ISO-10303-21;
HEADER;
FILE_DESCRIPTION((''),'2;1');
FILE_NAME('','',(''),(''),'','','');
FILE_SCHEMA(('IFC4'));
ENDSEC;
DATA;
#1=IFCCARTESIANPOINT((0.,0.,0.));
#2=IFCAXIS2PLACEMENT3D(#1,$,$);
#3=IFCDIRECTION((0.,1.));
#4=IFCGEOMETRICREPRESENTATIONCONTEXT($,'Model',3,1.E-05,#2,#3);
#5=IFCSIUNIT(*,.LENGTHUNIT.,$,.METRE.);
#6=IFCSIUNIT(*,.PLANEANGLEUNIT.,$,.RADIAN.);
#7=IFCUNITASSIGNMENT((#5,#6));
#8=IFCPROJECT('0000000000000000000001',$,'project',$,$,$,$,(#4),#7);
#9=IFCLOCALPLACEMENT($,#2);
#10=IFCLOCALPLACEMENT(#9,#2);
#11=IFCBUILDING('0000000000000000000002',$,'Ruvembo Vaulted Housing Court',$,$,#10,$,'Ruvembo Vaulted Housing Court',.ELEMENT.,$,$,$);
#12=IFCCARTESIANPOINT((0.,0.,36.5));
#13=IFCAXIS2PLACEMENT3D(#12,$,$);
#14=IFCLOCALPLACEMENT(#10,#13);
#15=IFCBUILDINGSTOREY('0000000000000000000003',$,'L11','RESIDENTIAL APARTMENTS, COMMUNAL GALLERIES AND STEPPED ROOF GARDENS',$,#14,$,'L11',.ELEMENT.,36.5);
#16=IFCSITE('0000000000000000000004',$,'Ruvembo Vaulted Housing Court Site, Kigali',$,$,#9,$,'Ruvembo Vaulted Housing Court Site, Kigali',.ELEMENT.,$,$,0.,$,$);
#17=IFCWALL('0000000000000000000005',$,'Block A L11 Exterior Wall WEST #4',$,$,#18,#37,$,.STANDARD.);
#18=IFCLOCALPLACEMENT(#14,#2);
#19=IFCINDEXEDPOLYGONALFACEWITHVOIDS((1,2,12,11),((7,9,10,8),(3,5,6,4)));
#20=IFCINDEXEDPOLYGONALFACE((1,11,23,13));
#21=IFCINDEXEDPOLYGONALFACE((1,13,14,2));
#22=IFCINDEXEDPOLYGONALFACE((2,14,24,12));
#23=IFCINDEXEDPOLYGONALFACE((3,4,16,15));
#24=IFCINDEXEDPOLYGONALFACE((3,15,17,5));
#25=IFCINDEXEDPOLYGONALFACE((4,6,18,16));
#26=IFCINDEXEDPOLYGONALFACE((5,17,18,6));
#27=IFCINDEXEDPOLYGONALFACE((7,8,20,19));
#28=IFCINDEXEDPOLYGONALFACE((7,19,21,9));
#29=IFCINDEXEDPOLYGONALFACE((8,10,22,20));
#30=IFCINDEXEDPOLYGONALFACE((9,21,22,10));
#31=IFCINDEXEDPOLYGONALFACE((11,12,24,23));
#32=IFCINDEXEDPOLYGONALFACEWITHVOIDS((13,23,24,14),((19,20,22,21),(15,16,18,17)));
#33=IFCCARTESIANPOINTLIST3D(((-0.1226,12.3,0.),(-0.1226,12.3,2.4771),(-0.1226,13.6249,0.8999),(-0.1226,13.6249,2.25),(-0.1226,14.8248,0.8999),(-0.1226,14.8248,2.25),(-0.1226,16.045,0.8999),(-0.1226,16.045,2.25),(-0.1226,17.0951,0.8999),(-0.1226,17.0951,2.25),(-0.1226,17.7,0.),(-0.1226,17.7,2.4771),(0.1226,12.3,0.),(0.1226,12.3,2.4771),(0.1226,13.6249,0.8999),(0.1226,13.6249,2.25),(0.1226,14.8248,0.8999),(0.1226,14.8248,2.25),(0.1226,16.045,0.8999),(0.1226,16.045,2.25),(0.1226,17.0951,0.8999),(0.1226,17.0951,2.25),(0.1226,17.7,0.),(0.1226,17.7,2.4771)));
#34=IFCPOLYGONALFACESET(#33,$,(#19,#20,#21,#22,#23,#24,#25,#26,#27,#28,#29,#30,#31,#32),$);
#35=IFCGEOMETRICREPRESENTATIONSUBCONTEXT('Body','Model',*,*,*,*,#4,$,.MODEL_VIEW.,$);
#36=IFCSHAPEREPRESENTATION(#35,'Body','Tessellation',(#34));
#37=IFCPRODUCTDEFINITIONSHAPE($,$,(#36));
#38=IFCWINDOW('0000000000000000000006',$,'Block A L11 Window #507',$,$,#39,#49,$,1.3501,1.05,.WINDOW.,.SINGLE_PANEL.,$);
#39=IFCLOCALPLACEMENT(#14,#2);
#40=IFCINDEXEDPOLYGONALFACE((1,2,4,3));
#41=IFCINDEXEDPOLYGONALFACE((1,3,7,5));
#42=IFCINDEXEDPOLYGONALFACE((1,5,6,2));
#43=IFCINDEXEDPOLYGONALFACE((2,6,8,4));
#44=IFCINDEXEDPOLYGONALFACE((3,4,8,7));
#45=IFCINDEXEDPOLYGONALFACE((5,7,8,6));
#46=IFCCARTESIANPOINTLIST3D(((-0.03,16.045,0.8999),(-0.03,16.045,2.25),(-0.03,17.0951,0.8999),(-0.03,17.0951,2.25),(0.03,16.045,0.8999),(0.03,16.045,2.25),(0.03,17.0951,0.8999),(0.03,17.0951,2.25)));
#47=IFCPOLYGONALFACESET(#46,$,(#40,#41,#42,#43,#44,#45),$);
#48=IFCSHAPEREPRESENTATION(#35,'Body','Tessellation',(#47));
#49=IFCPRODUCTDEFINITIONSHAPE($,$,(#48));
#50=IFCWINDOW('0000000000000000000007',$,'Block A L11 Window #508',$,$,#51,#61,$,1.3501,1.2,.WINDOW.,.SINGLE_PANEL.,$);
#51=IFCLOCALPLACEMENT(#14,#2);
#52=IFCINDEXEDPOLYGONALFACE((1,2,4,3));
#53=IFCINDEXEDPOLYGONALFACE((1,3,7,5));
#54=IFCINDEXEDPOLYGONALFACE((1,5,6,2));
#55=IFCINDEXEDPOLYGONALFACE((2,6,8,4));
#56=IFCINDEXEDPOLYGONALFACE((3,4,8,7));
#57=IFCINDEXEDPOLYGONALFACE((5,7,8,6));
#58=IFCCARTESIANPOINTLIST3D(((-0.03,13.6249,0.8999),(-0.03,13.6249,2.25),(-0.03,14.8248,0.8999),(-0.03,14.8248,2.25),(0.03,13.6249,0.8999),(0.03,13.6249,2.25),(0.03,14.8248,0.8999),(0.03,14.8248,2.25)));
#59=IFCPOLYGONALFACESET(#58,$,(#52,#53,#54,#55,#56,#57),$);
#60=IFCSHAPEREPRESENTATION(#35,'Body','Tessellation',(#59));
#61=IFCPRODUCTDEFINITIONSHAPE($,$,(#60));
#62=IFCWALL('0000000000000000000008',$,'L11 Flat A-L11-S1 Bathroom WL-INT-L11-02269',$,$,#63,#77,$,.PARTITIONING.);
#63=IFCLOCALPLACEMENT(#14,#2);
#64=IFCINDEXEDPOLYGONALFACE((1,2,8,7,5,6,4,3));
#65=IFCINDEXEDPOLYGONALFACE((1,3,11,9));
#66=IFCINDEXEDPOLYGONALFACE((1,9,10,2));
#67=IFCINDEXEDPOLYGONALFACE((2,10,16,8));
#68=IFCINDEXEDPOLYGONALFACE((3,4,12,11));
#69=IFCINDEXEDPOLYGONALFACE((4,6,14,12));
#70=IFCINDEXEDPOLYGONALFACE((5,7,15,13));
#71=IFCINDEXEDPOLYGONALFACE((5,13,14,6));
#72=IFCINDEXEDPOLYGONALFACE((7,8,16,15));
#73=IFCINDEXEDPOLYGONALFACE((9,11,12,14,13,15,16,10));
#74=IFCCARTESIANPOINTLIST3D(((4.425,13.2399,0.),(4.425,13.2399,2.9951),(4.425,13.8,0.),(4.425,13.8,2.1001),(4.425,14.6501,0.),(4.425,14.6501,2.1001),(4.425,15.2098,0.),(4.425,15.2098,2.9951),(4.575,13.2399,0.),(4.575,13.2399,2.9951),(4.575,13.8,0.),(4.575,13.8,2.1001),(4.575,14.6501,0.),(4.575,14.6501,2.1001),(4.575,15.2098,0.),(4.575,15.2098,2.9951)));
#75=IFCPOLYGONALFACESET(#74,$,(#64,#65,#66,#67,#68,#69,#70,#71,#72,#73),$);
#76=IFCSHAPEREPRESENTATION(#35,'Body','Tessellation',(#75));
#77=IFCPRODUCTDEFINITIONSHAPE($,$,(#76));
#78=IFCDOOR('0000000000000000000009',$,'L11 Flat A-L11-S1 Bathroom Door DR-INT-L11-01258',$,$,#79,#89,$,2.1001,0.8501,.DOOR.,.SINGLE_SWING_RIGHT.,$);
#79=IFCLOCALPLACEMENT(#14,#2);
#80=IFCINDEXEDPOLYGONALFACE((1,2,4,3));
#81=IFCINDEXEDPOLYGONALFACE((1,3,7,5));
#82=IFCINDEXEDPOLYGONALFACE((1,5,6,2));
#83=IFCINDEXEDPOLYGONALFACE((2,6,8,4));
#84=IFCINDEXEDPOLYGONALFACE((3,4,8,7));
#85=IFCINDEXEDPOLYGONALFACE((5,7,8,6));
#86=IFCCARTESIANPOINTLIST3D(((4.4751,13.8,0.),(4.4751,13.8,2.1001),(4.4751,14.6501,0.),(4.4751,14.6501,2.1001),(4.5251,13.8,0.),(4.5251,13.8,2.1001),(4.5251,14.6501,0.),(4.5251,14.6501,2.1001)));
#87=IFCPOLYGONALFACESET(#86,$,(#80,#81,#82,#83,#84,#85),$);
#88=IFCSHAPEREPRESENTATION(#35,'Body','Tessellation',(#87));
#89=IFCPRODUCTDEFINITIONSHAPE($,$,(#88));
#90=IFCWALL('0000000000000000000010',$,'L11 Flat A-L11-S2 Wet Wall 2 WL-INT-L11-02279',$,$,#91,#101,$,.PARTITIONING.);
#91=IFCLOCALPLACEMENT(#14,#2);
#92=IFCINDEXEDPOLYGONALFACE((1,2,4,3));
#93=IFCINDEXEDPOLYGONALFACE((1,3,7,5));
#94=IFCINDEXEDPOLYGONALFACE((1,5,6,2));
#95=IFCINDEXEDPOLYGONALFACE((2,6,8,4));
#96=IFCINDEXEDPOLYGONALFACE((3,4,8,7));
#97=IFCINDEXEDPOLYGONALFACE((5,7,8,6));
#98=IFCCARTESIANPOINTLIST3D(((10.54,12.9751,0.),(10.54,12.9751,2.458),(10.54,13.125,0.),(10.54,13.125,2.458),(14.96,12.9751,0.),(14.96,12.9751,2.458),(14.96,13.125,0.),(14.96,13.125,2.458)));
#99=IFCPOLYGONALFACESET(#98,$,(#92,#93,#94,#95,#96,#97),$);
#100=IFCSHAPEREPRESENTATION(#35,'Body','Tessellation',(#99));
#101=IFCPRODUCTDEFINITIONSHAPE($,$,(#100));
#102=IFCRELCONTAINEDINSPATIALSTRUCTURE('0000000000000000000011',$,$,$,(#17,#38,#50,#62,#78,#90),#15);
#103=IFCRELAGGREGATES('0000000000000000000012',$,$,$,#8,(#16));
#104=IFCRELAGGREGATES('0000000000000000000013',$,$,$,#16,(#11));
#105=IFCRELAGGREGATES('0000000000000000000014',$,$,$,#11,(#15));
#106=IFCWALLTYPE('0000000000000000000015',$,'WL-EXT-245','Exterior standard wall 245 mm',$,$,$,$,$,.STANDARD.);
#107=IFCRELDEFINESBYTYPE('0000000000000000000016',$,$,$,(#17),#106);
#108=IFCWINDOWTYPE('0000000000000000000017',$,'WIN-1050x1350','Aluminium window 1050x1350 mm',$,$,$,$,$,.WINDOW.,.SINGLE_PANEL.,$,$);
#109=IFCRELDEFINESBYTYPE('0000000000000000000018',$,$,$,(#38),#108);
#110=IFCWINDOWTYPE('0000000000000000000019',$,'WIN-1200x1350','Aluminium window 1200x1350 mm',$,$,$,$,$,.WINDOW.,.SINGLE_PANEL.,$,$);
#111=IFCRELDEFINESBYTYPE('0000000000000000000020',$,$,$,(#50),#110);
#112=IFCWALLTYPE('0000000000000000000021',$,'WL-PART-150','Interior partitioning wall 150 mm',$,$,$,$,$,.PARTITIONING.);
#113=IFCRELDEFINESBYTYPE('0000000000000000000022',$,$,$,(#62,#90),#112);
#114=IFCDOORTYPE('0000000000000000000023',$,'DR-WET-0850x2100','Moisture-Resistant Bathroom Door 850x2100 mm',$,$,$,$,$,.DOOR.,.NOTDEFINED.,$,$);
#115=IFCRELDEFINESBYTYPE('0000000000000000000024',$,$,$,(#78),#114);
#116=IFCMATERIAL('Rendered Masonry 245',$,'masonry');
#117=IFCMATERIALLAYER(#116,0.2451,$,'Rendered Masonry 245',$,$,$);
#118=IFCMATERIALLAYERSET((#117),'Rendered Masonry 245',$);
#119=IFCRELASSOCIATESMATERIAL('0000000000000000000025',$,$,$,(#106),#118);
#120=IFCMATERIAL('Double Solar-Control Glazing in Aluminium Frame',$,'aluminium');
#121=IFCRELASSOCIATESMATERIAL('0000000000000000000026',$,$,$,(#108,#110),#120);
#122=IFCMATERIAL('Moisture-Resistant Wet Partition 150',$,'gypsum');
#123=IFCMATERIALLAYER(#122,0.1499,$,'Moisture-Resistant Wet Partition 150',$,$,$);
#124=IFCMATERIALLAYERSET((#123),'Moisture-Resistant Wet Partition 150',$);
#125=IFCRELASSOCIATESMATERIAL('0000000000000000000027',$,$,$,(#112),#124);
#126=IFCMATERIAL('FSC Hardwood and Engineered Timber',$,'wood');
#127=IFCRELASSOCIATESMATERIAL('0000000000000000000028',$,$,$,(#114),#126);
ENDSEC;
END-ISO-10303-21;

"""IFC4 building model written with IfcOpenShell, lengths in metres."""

from ifc_helpers import new_model, si_unit, direction, frame, frame_2d, origin, place, context, subcontext, project, spatial, rectangle, extrude, material, layer, layer_set, type_object, element, fill, save


model = new_model("IFC4")

# Units and contexts
model_context = context("Model", 3, precision=1e-05, world=origin(), true_north=direction((0.0, 1.0)))
body_context = subcontext(model_context, "Body", "Model", "MODEL_VIEW")
ifc_project = project(units=[si_unit("LENGTHUNIT", "METRE"), si_unit("PLANEANGLEUNIT", "RADIAN")], contexts=[model_context])

# Site, building, storey
site_placement = place(None, origin())
site = spatial("IfcSite", under=ifc_project, at=site_placement, Name="Ruvembo Vaulted Housing Court Site, Kigali", LongName="Ruvembo Vaulted Housing Court Site, Kigali", CompositionType="ELEMENT", RefElevation=0.0)
building_placement = place(site_placement, origin())
building = spatial("IfcBuilding", under=site, at=building_placement, Name="Ruvembo Vaulted Housing Court", LongName="Ruvembo Vaulted Housing Court", CompositionType="ELEMENT")
storey_placement = place(building_placement, frame((0.0, 0.0, 36.5)))
storey = spatial("IfcBuildingStorey", under=building, at=storey_placement, Name="L11", Description="RESIDENTIAL APARTMENTS, COMMUNAL GALLERIES AND STEPPED ROOF GARDENS", LongName="L11", CompositionType="ELEMENT", Elevation=36.5)

# Shared definitions
ifc_material_1 = material(Name="FSC Hardwood and Engineered Timber", Category="wood")

# Wall, openings, windows
ifc_material_2 = material(Name="Rendered Masonry 245", Category="masonry")
ifc_layer_1 = layer(ifc_material_2, 0.2451, Name="Rendered Masonry 245")
ifc_layer_set_1 = layer_set([ifc_layer_1], Name="Rendered Masonry 245")
wall_type_1 = type_object("IfcWallType", Name="WL-EXT-245", Description="Exterior standard wall 245 mm", PredefinedType="STANDARD", material=ifc_layer_set_1)
wall_1_placement = place(storey_placement, frame((0.0, 17.7, 0.0), z_axis=(0.0, 0.0, 1.0), x_axis=(0.0, -1.0, 0.0)))
wall_1 = element("IfcWall", 1, at=wall_1_placement, inside=storey, type_object=wall_type_1, Name="Block A L11 Exterior Wall WEST #4", PredefinedType="STANDARD", context=body_context, shape_type="SweptSolid", body=[
    extrude(rectangle(XDim=5.3999, YDim=0.2451, at=frame_2d((2.7, 0.0))), origin(), (0.0, 0.0, 1.0), 2.4771),
])
opening_1_placement = place(wall_1_placement, frame((0.605, 0.0, 0.8999)))
opening_1 = element("IfcOpeningElement", 2, at=opening_1_placement, cuts=wall_1, PredefinedType="OPENING", context=body_context, shape_type="SweptSolid", body=[
    extrude(rectangle(XDim=1.05, YDim=1.3501, at=frame_2d((0.5249, 0.675))), frame((0.0, 0.1326, 0.0), z_axis=(0.0, -1.0, 0.0), x_axis=(1.0, 0.0, 0.0)), (0.0, 0.0, 1.0), 0.2651),
])
opening_2_placement = place(wall_1_placement, frame((2.875, 0.0, 0.8999)))
opening_2 = element("IfcOpeningElement", 3, at=opening_2_placement, cuts=wall_1, PredefinedType="OPENING", context=body_context, shape_type="SweptSolid", body=[
    extrude(rectangle(XDim=1.2, YDim=1.3501, at=frame_2d((0.6001, 0.675))), frame((0.0, 0.1326, 0.0), z_axis=(0.0, -1.0, 0.0), x_axis=(1.0, 0.0, 0.0)), (0.0, 0.0, 1.0), 0.2651),
])
ifc_material_3 = material(Name="Double Solar-Control Glazing in Aluminium Frame", Category="aluminium")
window_type_1 = type_object("IfcWindowType", Name="WIN-1050x1350", Description="Aluminium window 1050x1350 mm", PartitioningType="SINGLE_PANEL", PredefinedType="WINDOW", material=ifc_material_3)
window_1_placement = place(opening_1_placement, origin())
window_1 = element("IfcWindow", 4, at=window_1_placement, inside=storey, type_object=window_type_1, Name="Block A L11 Window #507", OverallHeight=1.3501, OverallWidth=1.05, PartitioningType="SINGLE_PANEL", PredefinedType="WINDOW", context=body_context, shape_type="SweptSolid", body=[
    extrude(rectangle(XDim=1.05, YDim=1.3501, at=frame_2d((0.5249, 0.675))), frame((0.0, 0.03, 0.0), z_axis=(0.0, -1.0, 0.0), x_axis=(1.0, 0.0, 0.0)), (0.0, 0.0, 1.0), 0.0601),
])
fill(opening_1, window_1)
window_type_2 = type_object("IfcWindowType", Name="WIN-1200x1350", Description="Aluminium window 1200x1350 mm", PartitioningType="SINGLE_PANEL", PredefinedType="WINDOW", material=ifc_material_3)
window_2_placement = place(opening_2_placement, origin())
window_2 = element("IfcWindow", 5, at=window_2_placement, inside=storey, type_object=window_type_2, Name="Block A L11 Window #508", OverallHeight=1.3501, OverallWidth=1.2, PartitioningType="SINGLE_PANEL", PredefinedType="WINDOW", context=body_context, shape_type="SweptSolid", body=[
    extrude(rectangle(XDim=1.2, YDim=1.3501, at=frame_2d((0.6001, 0.675))), frame((0.0, 0.03, 0.0), z_axis=(0.0, -1.0, 0.0), x_axis=(1.0, 0.0, 0.0)), (0.0, 0.0, 1.0), 0.0601),
])
fill(opening_2, window_2)

# Wall, opening, door
ifc_material_4 = material(Name="Moisture-Resistant Wet Partition 150", Category="gypsum")
ifc_layer_2 = layer(ifc_material_4, 0.1499, Name="Moisture-Resistant Wet Partition 150")
ifc_layer_set_2 = layer_set([ifc_layer_2], Name="Moisture-Resistant Wet Partition 150")
wall_type_2 = type_object("IfcWallType", Name="WL-PART-150", Description="Interior partitioning wall 150 mm", PredefinedType="PARTITIONING", material=ifc_layer_set_2)
wall_2_placement = place(storey_placement, frame((4.5, 13.24, 0.0), z_axis=(0.0, 0.0, 1.0), x_axis=(0.0, 1.0, 0.0)))
wall_2 = element("IfcWall", 6, at=wall_2_placement, inside=storey, type_object=wall_type_2, Name="L11 Flat A-L11-S1 Bathroom WL-INT-L11-02269", PredefinedType="PARTITIONING", context=body_context, shape_type="SweptSolid", body=[
    extrude(rectangle(XDim=1.97, YDim=0.1499, at=frame_2d((0.9849, 0.0))), origin(), (0.0, 0.0, 1.0), 2.9951),
])
opening_3_placement = place(wall_2_placement, frame((0.5601, 0.0, 0.0)))
opening_3 = element("IfcOpeningElement", 7, at=opening_3_placement, cuts=wall_2, PredefinedType="OPENING", context=body_context, shape_type="SweptSolid", body=[
    extrude(rectangle(XDim=0.8501, YDim=2.1001, at=frame_2d((0.425, 1.05))), frame((0.0, 0.085, 0.0), z_axis=(0.0, -1.0, 0.0), x_axis=(1.0, 0.0, 0.0)), (0.0, 0.0, 1.0), 0.1699),
])
door_type_1 = type_object("IfcDoorType", Name="DR-WET-0850x2100", Description="Moisture-Resistant Bathroom Door 850x2100 mm", OperationType="NOTDEFINED", PredefinedType="DOOR", material=ifc_material_1)
door_1_placement = place(opening_3_placement, origin())
door_1 = element("IfcDoor", 8, at=door_1_placement, inside=storey, type_object=door_type_1, Name="L11 Flat A-L11-S1 Bathroom Door DR-INT-L11-01258", OperationType="SINGLE_SWING_RIGHT", OverallHeight=2.1001, OverallWidth=0.8501, PredefinedType="DOOR", context=body_context, shape_type="SweptSolid", body=[
    extrude(rectangle(XDim=0.8501, YDim=2.1001, at=frame_2d((0.425, 1.05))), frame((0.0, 0.0249, 0.0), z_axis=(0.0, -1.0, 0.0), x_axis=(1.0, 0.0, 0.0)), (0.0, 0.0, 1.0), 0.05),
])
fill(opening_3, door_1)

# Wall
wall_3_placement = place(storey_placement, frame((10.54, 13.05, 0.0), z_axis=(0.0, 0.0, 1.0), x_axis=(1.0, 0.0, 0.0)))
element("IfcWall", 9, at=wall_3_placement, inside=storey, type_object=wall_type_2, Name="L11 Flat A-L11-S2 Wet Wall 2 WL-INT-L11-02279", PredefinedType="PARTITIONING", context=body_context, shape_type="SweptSolid", body=[
    extrude(rectangle(XDim=4.4199, YDim=0.1499, at=frame_2d((2.21, 0.0))), origin(), (0.0, 0.0, 1.0), 2.458),
])

save(model, "model.ifc")
